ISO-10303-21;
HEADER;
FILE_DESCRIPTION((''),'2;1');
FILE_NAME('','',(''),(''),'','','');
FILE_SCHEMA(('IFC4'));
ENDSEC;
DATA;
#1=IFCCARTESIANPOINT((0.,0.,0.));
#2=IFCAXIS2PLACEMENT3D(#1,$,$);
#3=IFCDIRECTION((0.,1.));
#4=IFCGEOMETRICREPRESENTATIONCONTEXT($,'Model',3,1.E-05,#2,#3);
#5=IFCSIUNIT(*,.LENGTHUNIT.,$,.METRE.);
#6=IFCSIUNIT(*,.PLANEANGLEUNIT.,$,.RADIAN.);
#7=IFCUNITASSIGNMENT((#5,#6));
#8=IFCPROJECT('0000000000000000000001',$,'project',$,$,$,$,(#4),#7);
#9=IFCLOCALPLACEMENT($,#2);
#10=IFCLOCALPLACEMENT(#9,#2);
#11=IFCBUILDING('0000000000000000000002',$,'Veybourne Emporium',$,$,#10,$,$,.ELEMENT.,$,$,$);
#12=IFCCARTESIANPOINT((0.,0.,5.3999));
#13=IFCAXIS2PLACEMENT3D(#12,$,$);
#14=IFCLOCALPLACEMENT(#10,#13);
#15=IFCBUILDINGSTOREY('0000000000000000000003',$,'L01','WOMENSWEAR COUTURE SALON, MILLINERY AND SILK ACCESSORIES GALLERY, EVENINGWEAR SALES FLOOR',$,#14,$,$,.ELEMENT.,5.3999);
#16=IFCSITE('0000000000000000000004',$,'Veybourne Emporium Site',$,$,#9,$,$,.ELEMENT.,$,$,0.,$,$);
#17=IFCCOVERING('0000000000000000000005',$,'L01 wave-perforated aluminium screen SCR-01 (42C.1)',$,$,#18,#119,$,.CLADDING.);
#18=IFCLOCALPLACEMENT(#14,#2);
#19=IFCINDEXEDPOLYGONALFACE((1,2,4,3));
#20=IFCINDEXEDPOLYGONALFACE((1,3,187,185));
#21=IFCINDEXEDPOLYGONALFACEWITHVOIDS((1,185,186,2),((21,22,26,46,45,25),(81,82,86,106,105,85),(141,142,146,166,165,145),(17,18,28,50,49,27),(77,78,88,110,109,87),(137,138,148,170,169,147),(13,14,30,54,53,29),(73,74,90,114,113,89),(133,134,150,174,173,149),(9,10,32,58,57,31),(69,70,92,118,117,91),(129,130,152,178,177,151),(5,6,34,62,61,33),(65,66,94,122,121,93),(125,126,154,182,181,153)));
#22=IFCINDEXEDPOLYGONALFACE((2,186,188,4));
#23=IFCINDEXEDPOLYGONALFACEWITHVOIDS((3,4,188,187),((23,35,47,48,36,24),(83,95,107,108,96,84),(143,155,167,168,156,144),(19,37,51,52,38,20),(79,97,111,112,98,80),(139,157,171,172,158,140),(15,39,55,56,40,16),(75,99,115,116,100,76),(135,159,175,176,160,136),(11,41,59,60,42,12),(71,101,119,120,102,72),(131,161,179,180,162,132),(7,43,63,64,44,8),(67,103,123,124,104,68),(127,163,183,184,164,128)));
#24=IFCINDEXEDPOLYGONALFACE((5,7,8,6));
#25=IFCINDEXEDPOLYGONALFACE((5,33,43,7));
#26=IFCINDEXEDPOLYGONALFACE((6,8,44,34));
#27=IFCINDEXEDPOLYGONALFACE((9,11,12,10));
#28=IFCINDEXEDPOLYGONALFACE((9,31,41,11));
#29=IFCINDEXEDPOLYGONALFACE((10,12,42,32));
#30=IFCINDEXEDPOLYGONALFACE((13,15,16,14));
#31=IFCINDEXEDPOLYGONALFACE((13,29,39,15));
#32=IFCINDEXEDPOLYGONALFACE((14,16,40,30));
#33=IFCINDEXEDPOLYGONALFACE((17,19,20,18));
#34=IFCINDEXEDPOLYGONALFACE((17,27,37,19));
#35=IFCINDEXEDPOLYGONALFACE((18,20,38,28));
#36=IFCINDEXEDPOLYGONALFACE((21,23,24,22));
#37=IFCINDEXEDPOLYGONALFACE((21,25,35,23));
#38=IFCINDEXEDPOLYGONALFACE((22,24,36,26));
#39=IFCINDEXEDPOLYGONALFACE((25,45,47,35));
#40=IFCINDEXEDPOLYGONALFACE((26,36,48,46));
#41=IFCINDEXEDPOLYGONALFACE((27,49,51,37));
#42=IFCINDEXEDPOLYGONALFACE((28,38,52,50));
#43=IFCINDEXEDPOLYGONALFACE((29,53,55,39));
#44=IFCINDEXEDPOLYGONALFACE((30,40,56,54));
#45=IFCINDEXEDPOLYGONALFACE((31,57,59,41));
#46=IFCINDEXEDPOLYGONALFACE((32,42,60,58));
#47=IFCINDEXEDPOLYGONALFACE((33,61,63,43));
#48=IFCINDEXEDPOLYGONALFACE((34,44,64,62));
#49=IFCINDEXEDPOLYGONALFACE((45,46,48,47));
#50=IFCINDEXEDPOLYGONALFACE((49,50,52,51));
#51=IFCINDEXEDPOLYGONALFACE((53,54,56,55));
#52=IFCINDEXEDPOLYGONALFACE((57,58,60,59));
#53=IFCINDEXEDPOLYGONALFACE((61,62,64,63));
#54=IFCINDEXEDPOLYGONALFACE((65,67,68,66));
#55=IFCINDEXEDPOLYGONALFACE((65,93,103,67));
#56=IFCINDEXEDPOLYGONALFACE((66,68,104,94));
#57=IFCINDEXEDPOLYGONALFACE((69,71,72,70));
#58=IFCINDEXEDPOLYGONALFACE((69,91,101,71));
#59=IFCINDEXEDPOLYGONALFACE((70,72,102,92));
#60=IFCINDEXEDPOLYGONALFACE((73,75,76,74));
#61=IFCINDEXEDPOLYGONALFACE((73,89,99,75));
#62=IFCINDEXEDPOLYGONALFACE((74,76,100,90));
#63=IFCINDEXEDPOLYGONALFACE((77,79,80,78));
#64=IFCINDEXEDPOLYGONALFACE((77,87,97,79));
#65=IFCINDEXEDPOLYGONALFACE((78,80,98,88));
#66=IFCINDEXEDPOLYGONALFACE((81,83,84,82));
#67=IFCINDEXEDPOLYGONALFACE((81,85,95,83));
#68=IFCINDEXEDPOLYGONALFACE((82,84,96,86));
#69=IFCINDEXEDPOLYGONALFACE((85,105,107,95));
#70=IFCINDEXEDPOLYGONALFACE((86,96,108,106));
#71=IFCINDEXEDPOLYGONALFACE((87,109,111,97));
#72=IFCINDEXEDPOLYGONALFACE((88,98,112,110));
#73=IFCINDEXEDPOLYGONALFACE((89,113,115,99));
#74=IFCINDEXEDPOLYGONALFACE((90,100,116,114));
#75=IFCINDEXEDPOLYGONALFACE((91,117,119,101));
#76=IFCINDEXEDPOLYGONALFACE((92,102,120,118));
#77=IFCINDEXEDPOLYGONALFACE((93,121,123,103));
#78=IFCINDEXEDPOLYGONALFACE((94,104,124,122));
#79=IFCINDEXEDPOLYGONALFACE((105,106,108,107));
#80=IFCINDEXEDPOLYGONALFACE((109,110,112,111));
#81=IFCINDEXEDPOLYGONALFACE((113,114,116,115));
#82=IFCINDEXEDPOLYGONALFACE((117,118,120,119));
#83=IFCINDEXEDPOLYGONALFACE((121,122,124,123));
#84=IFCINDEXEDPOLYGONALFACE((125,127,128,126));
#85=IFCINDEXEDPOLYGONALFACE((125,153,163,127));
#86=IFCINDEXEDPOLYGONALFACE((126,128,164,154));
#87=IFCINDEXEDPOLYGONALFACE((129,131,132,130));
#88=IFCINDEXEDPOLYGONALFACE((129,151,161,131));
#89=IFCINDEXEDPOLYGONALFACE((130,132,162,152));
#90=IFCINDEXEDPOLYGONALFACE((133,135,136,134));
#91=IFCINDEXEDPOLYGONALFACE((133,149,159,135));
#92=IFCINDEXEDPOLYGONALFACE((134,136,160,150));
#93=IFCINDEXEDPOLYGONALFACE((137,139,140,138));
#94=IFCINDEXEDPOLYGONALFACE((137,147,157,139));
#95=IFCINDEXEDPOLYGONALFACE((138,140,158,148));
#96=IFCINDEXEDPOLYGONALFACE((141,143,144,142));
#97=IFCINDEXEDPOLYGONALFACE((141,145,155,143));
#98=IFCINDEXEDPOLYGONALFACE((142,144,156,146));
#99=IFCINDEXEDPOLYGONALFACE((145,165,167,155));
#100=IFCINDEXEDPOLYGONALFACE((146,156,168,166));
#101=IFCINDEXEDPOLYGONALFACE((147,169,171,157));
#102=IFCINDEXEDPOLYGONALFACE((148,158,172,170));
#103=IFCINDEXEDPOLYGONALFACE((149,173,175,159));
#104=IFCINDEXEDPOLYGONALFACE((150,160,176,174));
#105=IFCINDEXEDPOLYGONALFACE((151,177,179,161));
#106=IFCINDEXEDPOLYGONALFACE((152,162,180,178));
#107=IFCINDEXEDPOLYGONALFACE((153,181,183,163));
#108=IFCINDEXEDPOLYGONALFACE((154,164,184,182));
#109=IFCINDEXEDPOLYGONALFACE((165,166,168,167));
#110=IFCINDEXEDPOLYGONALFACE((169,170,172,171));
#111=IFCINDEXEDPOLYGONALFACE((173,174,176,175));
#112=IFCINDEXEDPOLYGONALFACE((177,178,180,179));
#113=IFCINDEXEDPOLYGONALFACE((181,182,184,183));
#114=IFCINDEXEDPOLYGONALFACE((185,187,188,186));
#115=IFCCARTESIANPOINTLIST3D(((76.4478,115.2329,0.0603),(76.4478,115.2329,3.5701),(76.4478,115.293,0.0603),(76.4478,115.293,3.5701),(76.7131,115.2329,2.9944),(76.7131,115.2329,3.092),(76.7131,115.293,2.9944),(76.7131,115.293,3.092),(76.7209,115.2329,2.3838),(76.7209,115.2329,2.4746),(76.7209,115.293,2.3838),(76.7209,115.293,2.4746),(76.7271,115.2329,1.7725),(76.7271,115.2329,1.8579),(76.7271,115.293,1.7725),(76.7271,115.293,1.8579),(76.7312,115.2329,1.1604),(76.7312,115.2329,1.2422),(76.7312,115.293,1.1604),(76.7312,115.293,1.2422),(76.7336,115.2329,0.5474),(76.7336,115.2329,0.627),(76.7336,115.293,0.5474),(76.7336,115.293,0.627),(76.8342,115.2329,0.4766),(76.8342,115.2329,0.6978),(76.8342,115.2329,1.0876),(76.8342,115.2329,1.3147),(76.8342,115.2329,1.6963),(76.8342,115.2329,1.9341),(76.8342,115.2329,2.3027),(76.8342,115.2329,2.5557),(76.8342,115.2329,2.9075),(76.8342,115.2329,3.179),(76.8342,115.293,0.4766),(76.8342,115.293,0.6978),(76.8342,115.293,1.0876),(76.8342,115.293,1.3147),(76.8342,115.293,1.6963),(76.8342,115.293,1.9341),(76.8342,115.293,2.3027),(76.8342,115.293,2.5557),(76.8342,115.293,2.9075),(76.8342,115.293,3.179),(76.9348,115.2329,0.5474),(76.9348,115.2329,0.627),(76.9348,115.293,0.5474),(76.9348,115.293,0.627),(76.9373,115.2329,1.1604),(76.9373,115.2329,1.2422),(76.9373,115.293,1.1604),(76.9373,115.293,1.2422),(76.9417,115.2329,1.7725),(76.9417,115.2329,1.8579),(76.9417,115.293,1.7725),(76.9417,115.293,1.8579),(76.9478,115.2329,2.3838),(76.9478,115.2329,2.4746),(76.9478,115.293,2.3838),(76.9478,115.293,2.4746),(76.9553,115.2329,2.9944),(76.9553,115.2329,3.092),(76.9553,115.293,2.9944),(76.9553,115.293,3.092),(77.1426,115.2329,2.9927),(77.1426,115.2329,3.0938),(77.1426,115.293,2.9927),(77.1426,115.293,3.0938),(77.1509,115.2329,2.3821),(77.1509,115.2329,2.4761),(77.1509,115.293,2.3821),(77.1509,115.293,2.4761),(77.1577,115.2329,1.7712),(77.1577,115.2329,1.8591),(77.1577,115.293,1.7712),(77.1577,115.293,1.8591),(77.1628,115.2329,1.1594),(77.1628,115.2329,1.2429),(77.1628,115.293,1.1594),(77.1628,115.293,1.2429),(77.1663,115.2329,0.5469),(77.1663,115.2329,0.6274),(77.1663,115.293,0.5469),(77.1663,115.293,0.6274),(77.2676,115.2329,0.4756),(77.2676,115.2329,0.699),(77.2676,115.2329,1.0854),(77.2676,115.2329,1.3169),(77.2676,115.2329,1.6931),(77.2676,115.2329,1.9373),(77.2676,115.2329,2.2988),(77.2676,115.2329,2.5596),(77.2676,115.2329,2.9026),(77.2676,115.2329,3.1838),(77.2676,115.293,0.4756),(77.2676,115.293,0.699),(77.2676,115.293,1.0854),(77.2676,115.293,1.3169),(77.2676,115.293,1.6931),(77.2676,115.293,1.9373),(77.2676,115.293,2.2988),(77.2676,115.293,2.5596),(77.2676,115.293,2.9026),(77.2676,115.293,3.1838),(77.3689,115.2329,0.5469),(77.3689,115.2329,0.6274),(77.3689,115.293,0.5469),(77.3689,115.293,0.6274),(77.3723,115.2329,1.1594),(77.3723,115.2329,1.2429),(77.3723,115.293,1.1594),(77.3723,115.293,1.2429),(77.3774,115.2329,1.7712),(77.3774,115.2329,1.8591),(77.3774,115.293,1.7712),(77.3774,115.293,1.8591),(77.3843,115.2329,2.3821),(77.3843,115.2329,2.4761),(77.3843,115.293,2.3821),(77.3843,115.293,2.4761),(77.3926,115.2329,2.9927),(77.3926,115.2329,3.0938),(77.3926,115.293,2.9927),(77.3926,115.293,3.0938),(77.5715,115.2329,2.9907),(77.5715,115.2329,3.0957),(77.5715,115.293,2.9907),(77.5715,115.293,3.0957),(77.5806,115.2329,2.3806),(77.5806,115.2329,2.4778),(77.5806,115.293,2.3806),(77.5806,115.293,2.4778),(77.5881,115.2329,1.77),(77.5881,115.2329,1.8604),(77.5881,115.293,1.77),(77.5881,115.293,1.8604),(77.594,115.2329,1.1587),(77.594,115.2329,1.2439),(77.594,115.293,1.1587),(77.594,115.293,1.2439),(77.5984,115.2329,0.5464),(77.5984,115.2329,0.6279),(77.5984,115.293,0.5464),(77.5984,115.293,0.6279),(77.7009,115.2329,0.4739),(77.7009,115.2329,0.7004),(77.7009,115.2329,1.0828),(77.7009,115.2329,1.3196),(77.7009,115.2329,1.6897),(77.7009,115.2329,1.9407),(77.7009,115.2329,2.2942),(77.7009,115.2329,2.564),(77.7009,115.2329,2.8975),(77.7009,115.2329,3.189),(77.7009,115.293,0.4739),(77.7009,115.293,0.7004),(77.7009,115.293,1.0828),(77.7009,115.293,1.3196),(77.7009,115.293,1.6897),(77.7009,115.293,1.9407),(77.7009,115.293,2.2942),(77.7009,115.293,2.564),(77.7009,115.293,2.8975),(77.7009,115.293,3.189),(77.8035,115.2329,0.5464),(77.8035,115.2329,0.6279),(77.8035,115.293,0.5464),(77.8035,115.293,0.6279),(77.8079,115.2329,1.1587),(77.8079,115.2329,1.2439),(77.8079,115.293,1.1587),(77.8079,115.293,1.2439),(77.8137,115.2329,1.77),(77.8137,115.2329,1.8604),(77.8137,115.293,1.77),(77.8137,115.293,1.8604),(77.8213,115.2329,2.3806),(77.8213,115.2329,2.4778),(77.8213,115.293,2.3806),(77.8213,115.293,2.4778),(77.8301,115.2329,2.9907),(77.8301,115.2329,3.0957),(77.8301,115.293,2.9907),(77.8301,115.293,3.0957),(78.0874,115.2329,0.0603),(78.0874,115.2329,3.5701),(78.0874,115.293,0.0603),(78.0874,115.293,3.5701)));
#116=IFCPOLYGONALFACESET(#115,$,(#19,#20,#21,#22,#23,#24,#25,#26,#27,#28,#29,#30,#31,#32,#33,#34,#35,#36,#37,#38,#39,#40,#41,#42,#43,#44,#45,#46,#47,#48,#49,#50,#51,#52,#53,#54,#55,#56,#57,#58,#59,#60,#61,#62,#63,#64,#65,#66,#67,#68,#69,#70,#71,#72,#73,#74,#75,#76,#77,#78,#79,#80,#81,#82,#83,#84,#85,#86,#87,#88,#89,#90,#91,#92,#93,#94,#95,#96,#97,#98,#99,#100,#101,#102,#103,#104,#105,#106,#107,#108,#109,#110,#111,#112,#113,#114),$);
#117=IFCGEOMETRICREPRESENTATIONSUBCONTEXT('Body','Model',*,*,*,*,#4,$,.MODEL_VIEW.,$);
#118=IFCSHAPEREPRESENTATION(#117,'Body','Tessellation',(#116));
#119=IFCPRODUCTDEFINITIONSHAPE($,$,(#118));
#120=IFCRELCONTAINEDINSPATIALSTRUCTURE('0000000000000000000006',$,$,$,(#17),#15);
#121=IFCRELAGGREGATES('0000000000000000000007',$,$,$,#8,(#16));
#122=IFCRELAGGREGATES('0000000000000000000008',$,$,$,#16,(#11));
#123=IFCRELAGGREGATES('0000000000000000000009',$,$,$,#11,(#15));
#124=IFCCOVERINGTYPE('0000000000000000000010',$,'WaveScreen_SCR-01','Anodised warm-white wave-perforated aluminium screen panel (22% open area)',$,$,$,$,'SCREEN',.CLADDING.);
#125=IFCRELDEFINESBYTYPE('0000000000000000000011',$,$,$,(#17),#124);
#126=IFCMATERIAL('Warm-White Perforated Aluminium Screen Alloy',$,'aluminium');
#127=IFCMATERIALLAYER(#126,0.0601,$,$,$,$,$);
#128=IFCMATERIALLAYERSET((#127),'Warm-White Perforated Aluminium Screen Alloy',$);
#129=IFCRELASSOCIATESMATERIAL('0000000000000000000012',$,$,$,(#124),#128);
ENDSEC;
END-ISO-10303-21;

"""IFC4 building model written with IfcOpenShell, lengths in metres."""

from ifc_helpers import new_model, si_unit, direction, frame, origin, place, context, subcontext, project, spatial, polyline, outline, extrude, material, layer, layer_set, type_object, element, save


model = new_model("IFC4")

# Units and contexts
model_context = context("Model", 3, precision=1e-05, world=origin(), true_north=direction((0.0, 1.0)))
body_context = subcontext(model_context, "Body", "Model", "MODEL_VIEW")
ifc_project = project(units=[si_unit("LENGTHUNIT", "METRE"), si_unit("PLANEANGLEUNIT", "RADIAN")], contexts=[model_context])

# Site, building, storey
site_placement = place(None, origin())
site = spatial("IfcSite", under=ifc_project, at=site_placement, Name="Veybourne Emporium Site", CompositionType="ELEMENT", RefElevation=0.0)
building_placement = place(site_placement, origin())
building = spatial("IfcBuilding", under=site, at=building_placement, Name="Veybourne Emporium", CompositionType="ELEMENT")
storey_placement = place(building_placement, frame((0.0, 0.0, 5.3999)))
storey = spatial("IfcBuildingStorey", under=building, at=storey_placement, Name="L01", Description="WOMENSWEAR COUTURE SALON, MILLINERY AND SILK ACCESSORIES GALLERY, EVENINGWEAR SALES FLOOR", CompositionType="ELEMENT", Elevation=5.3999)

# Covering
ifc_material_1 = material(Name="Warm-White Perforated Aluminium Screen Alloy", Category="aluminium")
ifc_layer_1 = layer(ifc_material_1, 0.0601)
ifc_layer_set_1 = layer_set([ifc_layer_1], Name="Warm-White Perforated Aluminium Screen Alloy")
covering_type_1 = type_object("IfcCoveringType", Name="WaveScreen_SCR-01", Description="Anodised warm-white wave-perforated aluminium screen panel (22% open area)", ElementType="SCREEN", PredefinedType="CLADDING", material=ifc_layer_set_1)
covering_1_placement = place(storey_placement, frame((77.2676, 115.293, 1.8152), z_axis=(0.0, -1.0, 0.0), x_axis=(1.0, 0.0, 0.0)))
element("IfcCovering", 1, at=covering_1_placement, inside=storey, type_object=covering_type_1, Name="L01 wave-perforated aluminium screen SCR-01 (42C.1)", PredefinedType="CLADDING", context=body_context, shape_type="SweptSolid", body=[
    extrude(outline(polyline([(-0.8198, -1.7549), (0.8198, -1.7549), (0.8198, 1.7549), (-0.8198, 1.7549), (-0.8198, -1.7549)]), holes=[polyline([(-0.4333, -1.1174), (-0.3328, -1.1882), (-0.3328, -1.2678), (-0.4333, -1.3386), (-0.5339, -1.2678), (-0.5339, -1.1882), (-0.4333, -1.1174)]), polyline([(-0.4333, -0.5005), (-0.3303, -0.573), (-0.3303, -0.6548), (-0.4333, -0.7275), (-0.5364, -0.6548), (-0.5364, -0.573), (-0.4333, -0.5005)]), polyline([(-0.4333, 0.1189), (-0.3259, 0.0427), (-0.3259, -0.0427), (-0.4333, -0.1189), (-0.5405, -0.0427), (-0.5405, 0.0427), (-0.4333, 0.1189)]), polyline([(-0.4333, 0.7405), (-0.3198, 0.6594), (-0.3198, 0.5686), (-0.4333, 0.4875), (-0.5466, 0.5686), (-0.5466, 0.6594), (-0.4333, 0.7405)]), polyline([(-0.4333, 1.3638), (-0.3123, 1.2769), (-0.3123, 1.1792), (-0.4333, 1.0923), (-0.5544, 1.1792), (-0.5544, 1.2769), (-0.4333, 1.3638)]), polyline([(0.0, -1.1162), (0.1013, -1.1877), (0.1013, -1.2683), (0.0, -1.3396), (-0.1013, -1.2683), (-0.1013, -1.1877), (0.0, -1.1162)]), polyline([(0.0, -0.4983), (0.1047, -0.5723), (0.1047, -0.6558), (0.0, -0.7297), (-0.1047, -0.6558), (-0.1047, -0.5723), (0.0, -0.4983)]), polyline([(0.0, 0.1221), (0.1099, 0.0439), (0.1099, -0.0439), (0.0, -0.1221), (-0.1099, -0.0439), (-0.1099, 0.0439), (0.0, 0.1221)]), polyline([(0.0, 0.7444), (0.1167, 0.6609), (0.1167, 0.5669), (0.0, 0.4836), (-0.1167, 0.5669), (-0.1167, 0.6609), (0.0, 0.7444)]), polyline([(0.0, 1.3687), (0.125, 1.2786), (0.125, 1.1775), (0.0, 1.0874), (-0.125, 1.1775), (-0.125, 1.2786), (0.0, 1.3687)]), polyline([(0.4333, -1.1147), (0.5359, -1.1873), (0.5359, -1.2688), (0.4333, -1.3413), (0.3308, -1.2688), (0.3308, -1.1873), (0.4333, -1.1147)]), polyline([(0.4333, -0.4956), (0.5403, -0.5713), (0.5403, -0.6565), (0.4333, -0.7324), (0.3264, -0.6565), (0.3264, -0.5713), (0.4333, -0.4956)]), polyline([(0.4333, 0.1255), (0.5461, 0.0452), (0.5461, -0.0452), (0.4333, -0.1255), (0.3206, -0.0452), (0.3206, 0.0452), (0.4333, 0.1255)]), polyline([(0.4333, 0.7488), (0.5537, 0.6626), (0.5537, 0.5654), (0.4333, 0.479), (0.313, 0.5654), (0.313, 0.6626), (0.4333, 0.7488)]), polyline([(0.4333, 1.3738), (0.5625, 1.2805), (0.5625, 1.1755), (0.4333, 1.0823), (0.304, 1.1755), (0.304, 1.2805), (0.4333, 1.3738)])]), origin(), (0.0, 0.0, 1.0), 0.0601),
])

save(model, "model.ifc")
